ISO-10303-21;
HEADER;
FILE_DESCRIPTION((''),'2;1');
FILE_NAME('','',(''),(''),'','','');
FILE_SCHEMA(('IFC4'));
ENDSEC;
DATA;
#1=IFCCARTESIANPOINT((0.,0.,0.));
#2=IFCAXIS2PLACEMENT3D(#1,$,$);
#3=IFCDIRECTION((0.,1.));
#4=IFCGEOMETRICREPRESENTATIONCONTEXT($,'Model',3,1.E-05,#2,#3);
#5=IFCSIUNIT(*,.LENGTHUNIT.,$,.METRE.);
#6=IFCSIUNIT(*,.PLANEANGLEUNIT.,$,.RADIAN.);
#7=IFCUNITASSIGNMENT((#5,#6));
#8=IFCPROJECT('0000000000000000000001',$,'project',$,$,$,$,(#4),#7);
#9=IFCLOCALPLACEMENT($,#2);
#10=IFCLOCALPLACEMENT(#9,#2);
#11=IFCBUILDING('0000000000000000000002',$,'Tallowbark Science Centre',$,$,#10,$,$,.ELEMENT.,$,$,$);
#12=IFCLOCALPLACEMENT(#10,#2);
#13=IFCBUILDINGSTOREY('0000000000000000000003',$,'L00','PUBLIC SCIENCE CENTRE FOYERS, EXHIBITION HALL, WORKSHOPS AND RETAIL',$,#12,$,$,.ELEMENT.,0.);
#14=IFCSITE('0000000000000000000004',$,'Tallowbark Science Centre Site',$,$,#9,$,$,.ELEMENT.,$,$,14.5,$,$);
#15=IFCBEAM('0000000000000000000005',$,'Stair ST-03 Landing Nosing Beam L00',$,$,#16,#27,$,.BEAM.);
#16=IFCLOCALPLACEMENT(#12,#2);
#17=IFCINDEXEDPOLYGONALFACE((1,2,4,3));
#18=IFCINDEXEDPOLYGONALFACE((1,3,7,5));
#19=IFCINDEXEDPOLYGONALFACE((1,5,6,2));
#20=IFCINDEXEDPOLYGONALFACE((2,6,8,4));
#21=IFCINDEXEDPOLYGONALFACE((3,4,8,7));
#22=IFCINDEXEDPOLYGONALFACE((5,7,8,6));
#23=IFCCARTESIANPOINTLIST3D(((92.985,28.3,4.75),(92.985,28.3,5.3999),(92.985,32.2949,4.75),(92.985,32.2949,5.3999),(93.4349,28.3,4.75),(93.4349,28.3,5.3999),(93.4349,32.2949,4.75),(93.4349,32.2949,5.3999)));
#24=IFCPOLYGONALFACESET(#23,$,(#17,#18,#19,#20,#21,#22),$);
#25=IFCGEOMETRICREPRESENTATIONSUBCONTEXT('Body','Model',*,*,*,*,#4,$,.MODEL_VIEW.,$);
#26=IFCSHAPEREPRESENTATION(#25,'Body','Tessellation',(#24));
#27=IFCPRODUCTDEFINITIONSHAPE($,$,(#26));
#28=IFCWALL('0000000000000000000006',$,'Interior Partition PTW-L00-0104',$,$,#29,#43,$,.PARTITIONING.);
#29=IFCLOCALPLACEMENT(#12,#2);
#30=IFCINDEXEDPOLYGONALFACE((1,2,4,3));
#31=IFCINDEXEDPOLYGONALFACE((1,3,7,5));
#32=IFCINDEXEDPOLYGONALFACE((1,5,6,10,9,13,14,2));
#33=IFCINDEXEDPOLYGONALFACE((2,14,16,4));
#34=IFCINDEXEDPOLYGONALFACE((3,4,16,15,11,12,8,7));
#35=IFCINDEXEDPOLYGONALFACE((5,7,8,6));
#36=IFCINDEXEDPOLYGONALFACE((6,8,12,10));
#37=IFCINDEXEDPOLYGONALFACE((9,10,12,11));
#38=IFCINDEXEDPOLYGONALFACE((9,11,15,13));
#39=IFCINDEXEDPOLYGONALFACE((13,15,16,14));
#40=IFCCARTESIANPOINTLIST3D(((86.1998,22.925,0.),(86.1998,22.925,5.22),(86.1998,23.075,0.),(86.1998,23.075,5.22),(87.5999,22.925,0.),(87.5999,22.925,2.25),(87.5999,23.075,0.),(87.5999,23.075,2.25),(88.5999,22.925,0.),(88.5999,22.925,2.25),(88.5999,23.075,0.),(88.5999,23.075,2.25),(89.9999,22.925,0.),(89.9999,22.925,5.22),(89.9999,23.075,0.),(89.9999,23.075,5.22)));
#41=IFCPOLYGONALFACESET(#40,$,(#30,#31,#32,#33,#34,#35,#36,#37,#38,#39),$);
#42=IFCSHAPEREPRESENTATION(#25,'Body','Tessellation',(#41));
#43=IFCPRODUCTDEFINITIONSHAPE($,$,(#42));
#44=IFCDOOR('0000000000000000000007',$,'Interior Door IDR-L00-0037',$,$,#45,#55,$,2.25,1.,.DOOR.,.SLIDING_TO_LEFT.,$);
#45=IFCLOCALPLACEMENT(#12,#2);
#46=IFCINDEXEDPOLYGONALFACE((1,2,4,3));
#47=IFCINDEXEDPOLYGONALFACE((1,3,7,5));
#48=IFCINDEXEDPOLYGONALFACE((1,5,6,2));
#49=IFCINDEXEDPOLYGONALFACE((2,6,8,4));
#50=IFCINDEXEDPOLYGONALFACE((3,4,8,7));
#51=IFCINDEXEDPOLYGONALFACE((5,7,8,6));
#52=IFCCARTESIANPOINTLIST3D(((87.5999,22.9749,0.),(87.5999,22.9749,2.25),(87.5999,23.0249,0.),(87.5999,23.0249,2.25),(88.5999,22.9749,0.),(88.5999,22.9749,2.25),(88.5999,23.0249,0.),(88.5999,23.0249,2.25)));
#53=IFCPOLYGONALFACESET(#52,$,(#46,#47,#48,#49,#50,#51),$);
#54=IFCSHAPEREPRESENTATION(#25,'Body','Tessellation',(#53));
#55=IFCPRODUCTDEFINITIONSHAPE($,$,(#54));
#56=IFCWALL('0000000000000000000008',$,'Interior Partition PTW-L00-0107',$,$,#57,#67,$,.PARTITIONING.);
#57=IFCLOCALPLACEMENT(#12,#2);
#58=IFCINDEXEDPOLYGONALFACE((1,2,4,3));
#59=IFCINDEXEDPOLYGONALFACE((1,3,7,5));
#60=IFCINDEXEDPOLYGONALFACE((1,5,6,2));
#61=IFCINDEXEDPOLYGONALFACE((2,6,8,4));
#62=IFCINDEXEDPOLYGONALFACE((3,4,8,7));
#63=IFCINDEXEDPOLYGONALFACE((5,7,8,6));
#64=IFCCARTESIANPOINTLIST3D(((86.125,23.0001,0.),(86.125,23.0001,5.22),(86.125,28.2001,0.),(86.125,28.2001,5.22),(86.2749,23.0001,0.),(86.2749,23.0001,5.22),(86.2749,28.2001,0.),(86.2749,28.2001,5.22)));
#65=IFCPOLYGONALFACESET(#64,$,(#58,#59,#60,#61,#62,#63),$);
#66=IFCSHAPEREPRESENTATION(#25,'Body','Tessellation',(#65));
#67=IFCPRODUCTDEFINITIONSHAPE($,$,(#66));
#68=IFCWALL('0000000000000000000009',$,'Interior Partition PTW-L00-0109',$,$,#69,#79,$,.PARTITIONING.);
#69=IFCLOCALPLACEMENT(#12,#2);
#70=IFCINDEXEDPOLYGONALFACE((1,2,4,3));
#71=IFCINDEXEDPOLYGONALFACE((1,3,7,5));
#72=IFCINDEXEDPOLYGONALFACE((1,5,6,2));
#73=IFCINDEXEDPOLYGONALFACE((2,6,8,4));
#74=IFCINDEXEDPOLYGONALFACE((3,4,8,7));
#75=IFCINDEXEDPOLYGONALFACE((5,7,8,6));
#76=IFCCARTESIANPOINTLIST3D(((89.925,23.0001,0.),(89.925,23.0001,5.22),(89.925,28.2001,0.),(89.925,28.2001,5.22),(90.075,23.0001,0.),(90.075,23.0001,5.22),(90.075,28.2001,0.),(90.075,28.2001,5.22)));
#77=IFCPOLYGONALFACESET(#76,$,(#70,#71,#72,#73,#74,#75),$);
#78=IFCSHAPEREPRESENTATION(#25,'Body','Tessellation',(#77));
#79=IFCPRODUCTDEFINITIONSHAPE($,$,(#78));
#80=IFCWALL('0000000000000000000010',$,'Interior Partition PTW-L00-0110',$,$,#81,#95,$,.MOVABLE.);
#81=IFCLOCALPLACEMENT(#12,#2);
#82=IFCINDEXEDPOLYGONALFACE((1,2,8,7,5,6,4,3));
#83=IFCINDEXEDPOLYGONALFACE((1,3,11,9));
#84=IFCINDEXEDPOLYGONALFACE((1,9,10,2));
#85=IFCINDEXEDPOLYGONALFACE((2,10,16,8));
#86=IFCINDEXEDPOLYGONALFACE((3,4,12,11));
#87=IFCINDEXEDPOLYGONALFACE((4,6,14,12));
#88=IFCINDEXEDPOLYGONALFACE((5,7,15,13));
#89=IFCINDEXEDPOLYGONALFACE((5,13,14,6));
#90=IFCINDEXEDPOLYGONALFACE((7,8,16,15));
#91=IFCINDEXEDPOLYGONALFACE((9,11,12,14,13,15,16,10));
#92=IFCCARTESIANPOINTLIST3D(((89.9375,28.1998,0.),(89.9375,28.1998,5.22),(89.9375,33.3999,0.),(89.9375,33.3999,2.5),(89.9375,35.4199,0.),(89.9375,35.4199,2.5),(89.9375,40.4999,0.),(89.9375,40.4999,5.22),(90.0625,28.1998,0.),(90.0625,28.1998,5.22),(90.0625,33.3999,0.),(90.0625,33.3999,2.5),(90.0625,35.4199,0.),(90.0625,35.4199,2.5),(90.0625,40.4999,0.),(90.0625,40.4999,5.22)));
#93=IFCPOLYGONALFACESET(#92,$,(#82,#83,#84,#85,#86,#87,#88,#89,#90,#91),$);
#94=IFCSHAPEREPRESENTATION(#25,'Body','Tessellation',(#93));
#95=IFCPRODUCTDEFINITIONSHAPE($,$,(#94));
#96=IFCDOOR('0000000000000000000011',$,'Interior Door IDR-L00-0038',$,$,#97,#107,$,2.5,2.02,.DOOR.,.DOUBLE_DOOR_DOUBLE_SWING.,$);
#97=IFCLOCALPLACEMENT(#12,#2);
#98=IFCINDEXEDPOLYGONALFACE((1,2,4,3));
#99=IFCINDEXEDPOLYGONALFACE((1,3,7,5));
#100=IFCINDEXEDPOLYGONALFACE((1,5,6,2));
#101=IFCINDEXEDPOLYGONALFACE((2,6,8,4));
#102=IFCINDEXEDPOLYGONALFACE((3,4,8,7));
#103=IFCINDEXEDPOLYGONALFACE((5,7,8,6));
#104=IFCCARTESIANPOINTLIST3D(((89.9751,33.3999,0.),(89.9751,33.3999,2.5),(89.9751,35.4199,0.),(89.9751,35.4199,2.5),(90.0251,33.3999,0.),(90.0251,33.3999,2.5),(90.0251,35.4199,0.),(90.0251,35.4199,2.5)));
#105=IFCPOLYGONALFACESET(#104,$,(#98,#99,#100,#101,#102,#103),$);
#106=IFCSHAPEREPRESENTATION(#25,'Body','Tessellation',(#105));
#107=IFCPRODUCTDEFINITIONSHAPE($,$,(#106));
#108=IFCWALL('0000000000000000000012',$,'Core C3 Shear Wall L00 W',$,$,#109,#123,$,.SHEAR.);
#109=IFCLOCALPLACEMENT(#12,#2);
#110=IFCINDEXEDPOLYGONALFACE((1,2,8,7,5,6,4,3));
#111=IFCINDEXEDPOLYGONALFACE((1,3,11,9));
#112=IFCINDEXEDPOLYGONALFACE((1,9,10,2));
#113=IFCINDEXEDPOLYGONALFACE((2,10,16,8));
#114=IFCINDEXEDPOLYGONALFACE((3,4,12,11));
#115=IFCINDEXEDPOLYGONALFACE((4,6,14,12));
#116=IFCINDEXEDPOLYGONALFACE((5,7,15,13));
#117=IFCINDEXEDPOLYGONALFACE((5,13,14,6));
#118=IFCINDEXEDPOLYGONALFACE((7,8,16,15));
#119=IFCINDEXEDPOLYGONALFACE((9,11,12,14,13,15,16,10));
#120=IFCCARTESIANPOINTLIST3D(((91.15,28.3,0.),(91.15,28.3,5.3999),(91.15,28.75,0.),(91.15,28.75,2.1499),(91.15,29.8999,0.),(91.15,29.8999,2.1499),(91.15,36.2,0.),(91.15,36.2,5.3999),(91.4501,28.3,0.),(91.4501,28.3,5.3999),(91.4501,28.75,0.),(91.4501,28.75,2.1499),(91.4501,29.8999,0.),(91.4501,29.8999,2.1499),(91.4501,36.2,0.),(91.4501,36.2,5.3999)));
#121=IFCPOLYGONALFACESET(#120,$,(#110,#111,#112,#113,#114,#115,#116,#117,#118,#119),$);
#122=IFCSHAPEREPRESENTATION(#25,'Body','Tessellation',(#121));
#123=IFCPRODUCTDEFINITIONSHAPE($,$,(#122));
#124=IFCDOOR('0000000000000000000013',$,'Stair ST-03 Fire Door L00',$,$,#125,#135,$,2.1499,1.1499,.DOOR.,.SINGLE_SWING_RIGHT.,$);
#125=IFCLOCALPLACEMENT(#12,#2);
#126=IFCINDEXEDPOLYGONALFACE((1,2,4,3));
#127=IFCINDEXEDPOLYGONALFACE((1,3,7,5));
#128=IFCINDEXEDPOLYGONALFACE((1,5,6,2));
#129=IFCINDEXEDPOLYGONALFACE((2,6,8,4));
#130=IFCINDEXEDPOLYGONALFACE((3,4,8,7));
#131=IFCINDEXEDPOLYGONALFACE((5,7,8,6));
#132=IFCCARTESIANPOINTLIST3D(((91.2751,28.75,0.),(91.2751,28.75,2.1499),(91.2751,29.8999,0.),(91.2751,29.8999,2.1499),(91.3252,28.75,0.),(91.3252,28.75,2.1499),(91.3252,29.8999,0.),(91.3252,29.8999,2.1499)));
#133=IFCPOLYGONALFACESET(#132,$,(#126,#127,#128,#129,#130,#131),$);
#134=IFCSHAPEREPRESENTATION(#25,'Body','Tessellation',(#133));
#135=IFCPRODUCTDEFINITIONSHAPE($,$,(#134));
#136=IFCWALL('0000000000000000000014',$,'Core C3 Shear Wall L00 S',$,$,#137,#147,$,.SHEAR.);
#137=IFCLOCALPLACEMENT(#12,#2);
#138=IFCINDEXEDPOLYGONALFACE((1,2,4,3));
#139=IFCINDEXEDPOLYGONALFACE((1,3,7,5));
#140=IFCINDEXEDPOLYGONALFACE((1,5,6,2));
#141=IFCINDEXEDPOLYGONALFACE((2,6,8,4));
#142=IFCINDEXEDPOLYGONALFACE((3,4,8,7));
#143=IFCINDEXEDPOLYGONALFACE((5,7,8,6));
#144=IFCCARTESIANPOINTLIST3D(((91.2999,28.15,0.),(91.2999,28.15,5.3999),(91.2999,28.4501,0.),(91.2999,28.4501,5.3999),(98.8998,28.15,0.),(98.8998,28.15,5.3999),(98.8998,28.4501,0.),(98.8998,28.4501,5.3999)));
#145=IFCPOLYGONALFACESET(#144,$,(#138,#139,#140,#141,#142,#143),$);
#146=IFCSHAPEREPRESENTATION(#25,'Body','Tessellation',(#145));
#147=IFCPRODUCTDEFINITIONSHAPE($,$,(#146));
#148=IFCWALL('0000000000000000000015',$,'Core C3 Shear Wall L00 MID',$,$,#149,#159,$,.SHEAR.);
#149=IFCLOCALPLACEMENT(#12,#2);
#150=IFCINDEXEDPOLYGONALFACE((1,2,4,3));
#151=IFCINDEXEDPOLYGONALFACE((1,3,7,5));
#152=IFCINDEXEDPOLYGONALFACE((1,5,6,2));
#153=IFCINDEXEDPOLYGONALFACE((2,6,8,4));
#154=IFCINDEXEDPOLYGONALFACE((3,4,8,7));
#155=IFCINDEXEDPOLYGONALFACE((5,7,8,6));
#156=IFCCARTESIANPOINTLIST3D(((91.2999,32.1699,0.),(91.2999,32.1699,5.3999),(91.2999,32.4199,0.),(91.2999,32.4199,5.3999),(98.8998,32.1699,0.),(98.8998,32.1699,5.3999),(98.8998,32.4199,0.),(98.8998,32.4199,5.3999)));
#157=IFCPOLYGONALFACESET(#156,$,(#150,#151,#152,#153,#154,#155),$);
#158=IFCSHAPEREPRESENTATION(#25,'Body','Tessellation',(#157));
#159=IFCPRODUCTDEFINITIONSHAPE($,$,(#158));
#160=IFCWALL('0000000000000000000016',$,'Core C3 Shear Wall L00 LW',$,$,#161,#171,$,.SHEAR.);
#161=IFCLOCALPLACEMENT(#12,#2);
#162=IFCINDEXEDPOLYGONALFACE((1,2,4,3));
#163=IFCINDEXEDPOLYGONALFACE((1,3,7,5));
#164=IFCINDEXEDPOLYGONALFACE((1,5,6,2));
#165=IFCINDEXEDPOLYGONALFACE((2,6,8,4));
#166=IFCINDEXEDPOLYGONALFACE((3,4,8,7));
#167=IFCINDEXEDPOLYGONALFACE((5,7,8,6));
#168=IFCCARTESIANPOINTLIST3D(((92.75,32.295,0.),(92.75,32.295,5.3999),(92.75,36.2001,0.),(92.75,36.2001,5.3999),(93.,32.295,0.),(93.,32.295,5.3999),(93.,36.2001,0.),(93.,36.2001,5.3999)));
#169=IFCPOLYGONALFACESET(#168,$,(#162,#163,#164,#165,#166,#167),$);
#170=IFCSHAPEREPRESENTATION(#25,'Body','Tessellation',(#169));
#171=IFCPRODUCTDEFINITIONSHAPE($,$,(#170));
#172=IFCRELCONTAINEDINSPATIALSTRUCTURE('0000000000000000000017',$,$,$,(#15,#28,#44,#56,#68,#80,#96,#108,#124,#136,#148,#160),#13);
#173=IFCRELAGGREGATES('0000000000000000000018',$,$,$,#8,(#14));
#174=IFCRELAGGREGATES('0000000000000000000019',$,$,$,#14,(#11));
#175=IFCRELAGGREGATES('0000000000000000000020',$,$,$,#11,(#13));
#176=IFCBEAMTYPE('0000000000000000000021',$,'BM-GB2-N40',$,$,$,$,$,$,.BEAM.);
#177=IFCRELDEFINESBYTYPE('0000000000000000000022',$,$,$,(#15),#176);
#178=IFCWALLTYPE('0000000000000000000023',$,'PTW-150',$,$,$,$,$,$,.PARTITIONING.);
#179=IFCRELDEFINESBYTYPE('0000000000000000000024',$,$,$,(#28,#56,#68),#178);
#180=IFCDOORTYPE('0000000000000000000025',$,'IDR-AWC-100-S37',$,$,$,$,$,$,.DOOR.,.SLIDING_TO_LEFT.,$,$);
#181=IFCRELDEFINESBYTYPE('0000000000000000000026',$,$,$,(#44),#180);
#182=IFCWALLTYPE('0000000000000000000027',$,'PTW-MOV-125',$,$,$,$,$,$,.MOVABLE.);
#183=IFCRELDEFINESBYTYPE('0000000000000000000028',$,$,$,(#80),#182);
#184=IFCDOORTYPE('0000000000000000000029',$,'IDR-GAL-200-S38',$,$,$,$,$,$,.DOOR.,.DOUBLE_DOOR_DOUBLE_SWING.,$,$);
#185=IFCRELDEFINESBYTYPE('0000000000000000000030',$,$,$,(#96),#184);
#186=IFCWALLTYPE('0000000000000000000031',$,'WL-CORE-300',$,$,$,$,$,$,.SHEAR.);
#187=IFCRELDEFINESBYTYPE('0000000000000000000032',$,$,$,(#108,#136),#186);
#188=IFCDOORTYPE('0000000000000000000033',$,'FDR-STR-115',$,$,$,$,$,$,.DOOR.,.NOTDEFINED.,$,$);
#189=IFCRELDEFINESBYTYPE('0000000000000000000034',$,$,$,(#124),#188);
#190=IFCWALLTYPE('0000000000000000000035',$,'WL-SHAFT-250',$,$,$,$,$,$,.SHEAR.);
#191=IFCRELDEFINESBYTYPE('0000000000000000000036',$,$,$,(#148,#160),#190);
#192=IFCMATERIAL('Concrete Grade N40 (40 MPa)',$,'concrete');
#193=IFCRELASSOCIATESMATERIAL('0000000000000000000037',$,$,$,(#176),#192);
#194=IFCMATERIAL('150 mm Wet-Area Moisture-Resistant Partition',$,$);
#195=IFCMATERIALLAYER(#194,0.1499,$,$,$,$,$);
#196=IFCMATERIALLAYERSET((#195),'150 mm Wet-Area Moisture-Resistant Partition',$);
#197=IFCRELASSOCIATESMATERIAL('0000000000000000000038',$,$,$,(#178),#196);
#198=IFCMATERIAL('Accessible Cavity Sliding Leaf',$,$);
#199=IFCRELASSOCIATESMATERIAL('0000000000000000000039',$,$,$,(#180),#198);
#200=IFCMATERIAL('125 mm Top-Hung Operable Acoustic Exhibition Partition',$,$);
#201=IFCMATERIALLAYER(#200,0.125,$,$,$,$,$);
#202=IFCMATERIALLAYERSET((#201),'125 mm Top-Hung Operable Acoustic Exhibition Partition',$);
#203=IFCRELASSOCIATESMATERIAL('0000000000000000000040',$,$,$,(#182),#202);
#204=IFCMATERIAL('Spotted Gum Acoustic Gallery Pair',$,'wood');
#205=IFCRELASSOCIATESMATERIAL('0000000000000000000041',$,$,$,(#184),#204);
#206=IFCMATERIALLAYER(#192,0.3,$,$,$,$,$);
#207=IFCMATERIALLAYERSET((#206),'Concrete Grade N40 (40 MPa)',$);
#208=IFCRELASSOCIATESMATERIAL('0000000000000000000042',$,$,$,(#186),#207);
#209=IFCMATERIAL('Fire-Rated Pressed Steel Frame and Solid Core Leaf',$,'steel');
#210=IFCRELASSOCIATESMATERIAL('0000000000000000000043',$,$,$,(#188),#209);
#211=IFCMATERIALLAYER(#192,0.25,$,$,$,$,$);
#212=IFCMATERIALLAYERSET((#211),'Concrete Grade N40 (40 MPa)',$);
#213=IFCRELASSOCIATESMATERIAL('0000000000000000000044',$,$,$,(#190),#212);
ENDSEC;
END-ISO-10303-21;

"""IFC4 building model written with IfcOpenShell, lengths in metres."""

from ifc_helpers import new_model, si_unit, direction, frame, frame_2d, origin, origin_2d, place, context, subcontext, project, spatial, rectangle, extrude, material, layer, layer_set, material_profile, profile_set, type_object, element, fill, save


model = new_model("IFC4")

# Units and contexts
model_context = context("Model", 3, precision=1e-05, world=origin(), true_north=direction((0.0, 1.0)))
body_context = subcontext(model_context, "Body", "Model", "MODEL_VIEW")
ifc_project = project(units=[si_unit("LENGTHUNIT", "METRE"), si_unit("PLANEANGLEUNIT", "RADIAN")], contexts=[model_context])

# Site, building, storey
site_placement = place(None, origin())
site = spatial("IfcSite", under=ifc_project, at=site_placement, Name="Tallowbark Science Centre Site", CompositionType="ELEMENT", RefElevation=14.5)
building_placement = place(site_placement, origin())
building = spatial("IfcBuilding", under=site, at=building_placement, Name="Tallowbark Science Centre", CompositionType="ELEMENT")
storey_placement = place(building_placement, origin())
storey = spatial("IfcBuildingStorey", under=building, at=storey_placement, Name="L00", Description="PUBLIC SCIENCE CENTRE FOYERS, EXHIBITION HALL, WORKSHOPS AND RETAIL", CompositionType="ELEMENT", Elevation=0.0)

# Beam
ifc_material_1 = material(Name="Concrete Grade N40 (40 MPa)", Category="concrete")
ifc_material_profile = material_profile(ifc_material_1, rectangle(XDim=0.45, YDim=0.6499, at=origin_2d()), Name="RC450x650")
ifc_profile_set = profile_set([ifc_material_profile], Name="Concrete Grade N40 (40 MPa)")
beam_type = type_object("IfcBeamType", Name="BM-GB2-N40", PredefinedType="BEAM", material=ifc_profile_set)
beam_placement = place(storey_placement, frame((93.21, 28.3, 5.075), z_axis=(0.0, 1.0, 0.0), x_axis=(-1.0, 0.0, 0.0)))
element("IfcBeam", 1, at=beam_placement, inside=storey, type_object=beam_type, Name="Stair ST-03 Landing Nosing Beam L00", PredefinedType="BEAM", context=body_context, shape_type="SweptSolid", body=[
    extrude(rectangle(XDim=0.45, YDim=0.6499, at=origin_2d()), origin(), (0.0, 0.0, 1.0), 3.9949),
])

# Wall, opening, door
ifc_material_2 = material(Name="150 mm Wet-Area Moisture-Resistant Partition")
ifc_layer_1 = layer(ifc_material_2, 0.1499)
ifc_layer_set_1 = layer_set([ifc_layer_1], Name="150 mm Wet-Area Moisture-Resistant Partition")
wall_type_1 = type_object("IfcWallType", Name="PTW-150", PredefinedType="PARTITIONING", material=ifc_layer_set_1)
wall_1_placement = place(storey_placement, frame((86.2, 23.0, 0.0), z_axis=(0.0, 0.0, 1.0), x_axis=(1.0, 0.0, 0.0)))
wall_1 = element("IfcWall", 2, at=wall_1_placement, inside=storey, type_object=wall_type_1, Name="Interior Partition PTW-L00-0104", PredefinedType="PARTITIONING", context=body_context, shape_type="SweptSolid", body=[
    extrude(rectangle(XDim=3.8, YDim=0.1499, at=frame_2d((1.8999, 0.0))), origin(), (0.0, 0.0, 1.0), 5.22),
])
opening_1_placement = place(wall_1_placement, frame((1.3999, 0.0, 0.0)))
opening_1 = element("IfcOpeningElement", 3, at=opening_1_placement, cuts=wall_1, PredefinedType="OPENING", context=body_context, shape_type="SweptSolid", body=[
    extrude(rectangle(XDim=1.0, YDim=2.25, at=frame_2d((0.5, 1.125))), frame((0.0, 0.085, 0.0), z_axis=(0.0, -1.0, 0.0), x_axis=(1.0, 0.0, 0.0)), (0.0, 0.0, 1.0), 0.1699),
])
ifc_material_3 = material(Name="Accessible Cavity Sliding Leaf")
door_type_1 = type_object("IfcDoorType", Name="IDR-AWC-100-S37", OperationType="SLIDING_TO_LEFT", PredefinedType="DOOR", material=ifc_material_3)
door_1_placement = place(opening_1_placement, origin())
door_1 = element("IfcDoor", 4, at=door_1_placement, inside=storey, type_object=door_type_1, Name="Interior Door IDR-L00-0037", OperationType="SLIDING_TO_LEFT", OverallHeight=2.25, OverallWidth=1.0, PredefinedType="DOOR", context=body_context, shape_type="SweptSolid", body=[
    extrude(rectangle(XDim=1.0, YDim=2.25, at=frame_2d((0.5, 1.125))), frame((0.0, 0.0249, 0.0), z_axis=(0.0, -1.0, 0.0), x_axis=(1.0, 0.0, 0.0)), (0.0, 0.0, 1.0), 0.05),
])
fill(opening_1, door_1)

# Walls
for number, where, z_axis, x_axis, name in (
    (5, (86.2, 23.0, 0.0), (0.0, 0.0, 1.0), (0.0, 1.0, 0.0), "Interior Partition PTW-L00-0107"),
    (6, (90.0, 23.0, 0.0), (0.0, 0.0, 1.0), (0.0, 1.0, 0.0), "Interior Partition PTW-L00-0109"),
):
    element("IfcWall", number, at=place(storey_placement, frame(where, z_axis=z_axis, x_axis=x_axis)), inside=storey, type_object=wall_type_1, Name=name, PredefinedType="PARTITIONING", context=body_context, shape_type="SweptSolid", body=[
        extrude(rectangle(XDim=5.2, YDim=0.1499, at=frame_2d((2.6001, 0.0))), origin(), (0.0, 0.0, 1.0), 5.22),
    ])

# Walls, openings, doors
ifc_material_4 = material(Name="125 mm Top-Hung Operable Acoustic Exhibition Partition")
ifc_layer_2 = layer(ifc_material_4, 0.125)
ifc_layer_set_2 = layer_set([ifc_layer_2], Name="125 mm Top-Hung Operable Acoustic Exhibition Partition")
wall_type_2 = type_object("IfcWallType", Name="PTW-MOV-125", PredefinedType="MOVABLE", material=ifc_layer_set_2)
wall_2_placement = place(storey_placement, frame((90.0, 28.2, 0.0), z_axis=(0.0, 0.0, 1.0), x_axis=(0.0, 1.0, 0.0)))
wall_2 = element("IfcWall", 7, at=wall_2_placement, inside=storey, type_object=wall_type_2, Name="Interior Partition PTW-L00-0110", PredefinedType="MOVABLE", context=body_context, shape_type="SweptSolid", body=[
    extrude(rectangle(XDim=12.3, YDim=0.125, at=frame_2d((6.1499, 0.0))), origin(), (0.0, 0.0, 1.0), 5.22),
])
opening_2_placement = place(wall_2_placement, frame((5.2, 0.0, 0.0)))
opening_2 = element("IfcOpeningElement", 8, at=opening_2_placement, cuts=wall_2, PredefinedType="OPENING", context=body_context, shape_type="SweptSolid", body=[
    extrude(rectangle(XDim=2.02, YDim=2.5, at=frame_2d((1.01, 1.25))), frame((0.0, 0.0725, 0.0), z_axis=(0.0, -1.0, 0.0), x_axis=(1.0, 0.0, 0.0)), (0.0, 0.0, 1.0), 0.145),
])
ifc_material_5 = material(Name="Spotted Gum Acoustic Gallery Pair", Category="wood")
door_type_2 = type_object("IfcDoorType", Name="IDR-GAL-200-S38", OperationType="DOUBLE_DOOR_DOUBLE_SWING", PredefinedType="DOOR", material=ifc_material_5)
door_2_placement = place(opening_2_placement, origin())
door_2 = element("IfcDoor", 9, at=door_2_placement, inside=storey, type_object=door_type_2, Name="Interior Door IDR-L00-0038", OperationType="DOUBLE_DOOR_DOUBLE_SWING", OverallHeight=2.5, OverallWidth=2.02, PredefinedType="DOOR", context=body_context, shape_type="SweptSolid", body=[
    extrude(rectangle(XDim=2.02, YDim=2.5, at=frame_2d((1.01, 1.25))), frame((0.0, 0.0249, 0.0), z_axis=(0.0, -1.0, 0.0), x_axis=(1.0, 0.0, 0.0)), (0.0, 0.0, 1.0), 0.05),
])
fill(opening_2, door_2)
ifc_layer_3 = layer(ifc_material_1, 0.3)
ifc_layer_set_3 = layer_set([ifc_layer_3], Name="Concrete Grade N40 (40 MPa)")
wall_type_3 = type_object("IfcWallType", Name="WL-CORE-300", PredefinedType="SHEAR", material=ifc_layer_set_3)
wall_3_placement = place(storey_placement, frame((91.3, 28.3, 0.0), z_axis=(0.0, 0.0, 1.0), x_axis=(0.0, 1.0, 0.0)))
wall_3 = element("IfcWall", 10, at=wall_3_placement, inside=storey, type_object=wall_type_3, Name="Core C3 Shear Wall L00 W", PredefinedType="SHEAR", context=body_context, shape_type="SweptSolid", body=[
    extrude(rectangle(XDim=7.8999, YDim=0.3, at=frame_2d((3.95, 0.0))), origin(), (0.0, 0.0, 1.0), 5.3999),
])
opening_3_placement = place(wall_3_placement, frame((0.45, 0.0, 0.0)))
opening_3 = element("IfcOpeningElement", 11, at=opening_3_placement, cuts=wall_3, PredefinedType="OPENING", context=body_context, shape_type="SweptSolid", body=[
    extrude(rectangle(XDim=1.1499, YDim=2.1499, at=frame_2d((0.575, 1.075))), frame((0.0, 0.1602, 0.0), z_axis=(0.0, -1.0, 0.0), x_axis=(1.0, 0.0, 0.0)), (0.0, 0.0, 1.0), 0.3201),
])
ifc_material_6 = material(Name="Fire-Rated Pressed Steel Frame and Solid Core Leaf", Category="steel")
door_type_3 = type_object("IfcDoorType", Name="FDR-STR-115", OperationType="NOTDEFINED", PredefinedType="DOOR", material=ifc_material_6)
door_3_placement = place(opening_3_placement, origin())
door_3 = element("IfcDoor", 12, at=door_3_placement, inside=storey, type_object=door_type_3, Name="Stair ST-03 Fire Door L00", OperationType="SINGLE_SWING_RIGHT", OverallHeight=2.1499, OverallWidth=1.1499, PredefinedType="DOOR", context=body_context, shape_type="SweptSolid", body=[
    extrude(rectangle(XDim=1.1499, YDim=2.1499, at=frame_2d((0.575, 1.075))), frame((0.0, 0.0249, 0.0), z_axis=(0.0, -1.0, 0.0), x_axis=(1.0, 0.0, 0.0)), (0.0, 0.0, 1.0), 0.05),
])
fill(opening_3, door_3)

# Walls
wall_4_placement = place(storey_placement, frame((91.3, 28.3, 0.0), z_axis=(0.0, 0.0, 1.0), x_axis=(1.0, 0.0, 0.0)))
element("IfcWall", 13, at=wall_4_placement, inside=storey, type_object=wall_type_3, Name="Core C3 Shear Wall L00 S", PredefinedType="SHEAR", context=body_context, shape_type="SweptSolid", body=[
    extrude(rectangle(XDim=7.5999, YDim=0.3, at=frame_2d((3.7998, 0.0))), origin(), (0.0, 0.0, 1.0), 5.3999),
])
ifc_layer_4 = layer(ifc_material_1, 0.25)
ifc_layer_set_4 = layer_set([ifc_layer_4], Name="Concrete Grade N40 (40 MPa)")
wall_type_4 = type_object("IfcWallType", Name="WL-SHAFT-250", PredefinedType="SHEAR", material=ifc_layer_set_4)
wall_5_placement = place(storey_placement, frame((91.3, 32.2949, 0.0), z_axis=(0.0, 0.0, 1.0), x_axis=(1.0, 0.0, 0.0)))
element("IfcWall", 14, at=wall_5_placement, inside=storey, type_object=wall_type_4, Name="Core C3 Shear Wall L00 MID", PredefinedType="SHEAR", context=body_context, shape_type="SweptSolid", body=[
    extrude(rectangle(XDim=7.5999, YDim=0.25, at=frame_2d((3.7998, 0.0))), origin(), (0.0, 0.0, 1.0), 5.3999),
])
wall_6_placement = place(storey_placement, frame((92.875, 32.2949, 0.0), z_axis=(0.0, 0.0, 1.0), x_axis=(0.0, 1.0, 0.0)))
element("IfcWall", 15, at=wall_6_placement, inside=storey, type_object=wall_type_4, Name="Core C3 Shear Wall L00 LW", PredefinedType="SHEAR", context=body_context, shape_type="SweptSolid", body=[
    extrude(rectangle(XDim=3.905, YDim=0.25, at=frame_2d((1.9526, 0.0))), origin(), (0.0, 0.0, 1.0), 5.3999),
])

save(model, "model.ifc")
